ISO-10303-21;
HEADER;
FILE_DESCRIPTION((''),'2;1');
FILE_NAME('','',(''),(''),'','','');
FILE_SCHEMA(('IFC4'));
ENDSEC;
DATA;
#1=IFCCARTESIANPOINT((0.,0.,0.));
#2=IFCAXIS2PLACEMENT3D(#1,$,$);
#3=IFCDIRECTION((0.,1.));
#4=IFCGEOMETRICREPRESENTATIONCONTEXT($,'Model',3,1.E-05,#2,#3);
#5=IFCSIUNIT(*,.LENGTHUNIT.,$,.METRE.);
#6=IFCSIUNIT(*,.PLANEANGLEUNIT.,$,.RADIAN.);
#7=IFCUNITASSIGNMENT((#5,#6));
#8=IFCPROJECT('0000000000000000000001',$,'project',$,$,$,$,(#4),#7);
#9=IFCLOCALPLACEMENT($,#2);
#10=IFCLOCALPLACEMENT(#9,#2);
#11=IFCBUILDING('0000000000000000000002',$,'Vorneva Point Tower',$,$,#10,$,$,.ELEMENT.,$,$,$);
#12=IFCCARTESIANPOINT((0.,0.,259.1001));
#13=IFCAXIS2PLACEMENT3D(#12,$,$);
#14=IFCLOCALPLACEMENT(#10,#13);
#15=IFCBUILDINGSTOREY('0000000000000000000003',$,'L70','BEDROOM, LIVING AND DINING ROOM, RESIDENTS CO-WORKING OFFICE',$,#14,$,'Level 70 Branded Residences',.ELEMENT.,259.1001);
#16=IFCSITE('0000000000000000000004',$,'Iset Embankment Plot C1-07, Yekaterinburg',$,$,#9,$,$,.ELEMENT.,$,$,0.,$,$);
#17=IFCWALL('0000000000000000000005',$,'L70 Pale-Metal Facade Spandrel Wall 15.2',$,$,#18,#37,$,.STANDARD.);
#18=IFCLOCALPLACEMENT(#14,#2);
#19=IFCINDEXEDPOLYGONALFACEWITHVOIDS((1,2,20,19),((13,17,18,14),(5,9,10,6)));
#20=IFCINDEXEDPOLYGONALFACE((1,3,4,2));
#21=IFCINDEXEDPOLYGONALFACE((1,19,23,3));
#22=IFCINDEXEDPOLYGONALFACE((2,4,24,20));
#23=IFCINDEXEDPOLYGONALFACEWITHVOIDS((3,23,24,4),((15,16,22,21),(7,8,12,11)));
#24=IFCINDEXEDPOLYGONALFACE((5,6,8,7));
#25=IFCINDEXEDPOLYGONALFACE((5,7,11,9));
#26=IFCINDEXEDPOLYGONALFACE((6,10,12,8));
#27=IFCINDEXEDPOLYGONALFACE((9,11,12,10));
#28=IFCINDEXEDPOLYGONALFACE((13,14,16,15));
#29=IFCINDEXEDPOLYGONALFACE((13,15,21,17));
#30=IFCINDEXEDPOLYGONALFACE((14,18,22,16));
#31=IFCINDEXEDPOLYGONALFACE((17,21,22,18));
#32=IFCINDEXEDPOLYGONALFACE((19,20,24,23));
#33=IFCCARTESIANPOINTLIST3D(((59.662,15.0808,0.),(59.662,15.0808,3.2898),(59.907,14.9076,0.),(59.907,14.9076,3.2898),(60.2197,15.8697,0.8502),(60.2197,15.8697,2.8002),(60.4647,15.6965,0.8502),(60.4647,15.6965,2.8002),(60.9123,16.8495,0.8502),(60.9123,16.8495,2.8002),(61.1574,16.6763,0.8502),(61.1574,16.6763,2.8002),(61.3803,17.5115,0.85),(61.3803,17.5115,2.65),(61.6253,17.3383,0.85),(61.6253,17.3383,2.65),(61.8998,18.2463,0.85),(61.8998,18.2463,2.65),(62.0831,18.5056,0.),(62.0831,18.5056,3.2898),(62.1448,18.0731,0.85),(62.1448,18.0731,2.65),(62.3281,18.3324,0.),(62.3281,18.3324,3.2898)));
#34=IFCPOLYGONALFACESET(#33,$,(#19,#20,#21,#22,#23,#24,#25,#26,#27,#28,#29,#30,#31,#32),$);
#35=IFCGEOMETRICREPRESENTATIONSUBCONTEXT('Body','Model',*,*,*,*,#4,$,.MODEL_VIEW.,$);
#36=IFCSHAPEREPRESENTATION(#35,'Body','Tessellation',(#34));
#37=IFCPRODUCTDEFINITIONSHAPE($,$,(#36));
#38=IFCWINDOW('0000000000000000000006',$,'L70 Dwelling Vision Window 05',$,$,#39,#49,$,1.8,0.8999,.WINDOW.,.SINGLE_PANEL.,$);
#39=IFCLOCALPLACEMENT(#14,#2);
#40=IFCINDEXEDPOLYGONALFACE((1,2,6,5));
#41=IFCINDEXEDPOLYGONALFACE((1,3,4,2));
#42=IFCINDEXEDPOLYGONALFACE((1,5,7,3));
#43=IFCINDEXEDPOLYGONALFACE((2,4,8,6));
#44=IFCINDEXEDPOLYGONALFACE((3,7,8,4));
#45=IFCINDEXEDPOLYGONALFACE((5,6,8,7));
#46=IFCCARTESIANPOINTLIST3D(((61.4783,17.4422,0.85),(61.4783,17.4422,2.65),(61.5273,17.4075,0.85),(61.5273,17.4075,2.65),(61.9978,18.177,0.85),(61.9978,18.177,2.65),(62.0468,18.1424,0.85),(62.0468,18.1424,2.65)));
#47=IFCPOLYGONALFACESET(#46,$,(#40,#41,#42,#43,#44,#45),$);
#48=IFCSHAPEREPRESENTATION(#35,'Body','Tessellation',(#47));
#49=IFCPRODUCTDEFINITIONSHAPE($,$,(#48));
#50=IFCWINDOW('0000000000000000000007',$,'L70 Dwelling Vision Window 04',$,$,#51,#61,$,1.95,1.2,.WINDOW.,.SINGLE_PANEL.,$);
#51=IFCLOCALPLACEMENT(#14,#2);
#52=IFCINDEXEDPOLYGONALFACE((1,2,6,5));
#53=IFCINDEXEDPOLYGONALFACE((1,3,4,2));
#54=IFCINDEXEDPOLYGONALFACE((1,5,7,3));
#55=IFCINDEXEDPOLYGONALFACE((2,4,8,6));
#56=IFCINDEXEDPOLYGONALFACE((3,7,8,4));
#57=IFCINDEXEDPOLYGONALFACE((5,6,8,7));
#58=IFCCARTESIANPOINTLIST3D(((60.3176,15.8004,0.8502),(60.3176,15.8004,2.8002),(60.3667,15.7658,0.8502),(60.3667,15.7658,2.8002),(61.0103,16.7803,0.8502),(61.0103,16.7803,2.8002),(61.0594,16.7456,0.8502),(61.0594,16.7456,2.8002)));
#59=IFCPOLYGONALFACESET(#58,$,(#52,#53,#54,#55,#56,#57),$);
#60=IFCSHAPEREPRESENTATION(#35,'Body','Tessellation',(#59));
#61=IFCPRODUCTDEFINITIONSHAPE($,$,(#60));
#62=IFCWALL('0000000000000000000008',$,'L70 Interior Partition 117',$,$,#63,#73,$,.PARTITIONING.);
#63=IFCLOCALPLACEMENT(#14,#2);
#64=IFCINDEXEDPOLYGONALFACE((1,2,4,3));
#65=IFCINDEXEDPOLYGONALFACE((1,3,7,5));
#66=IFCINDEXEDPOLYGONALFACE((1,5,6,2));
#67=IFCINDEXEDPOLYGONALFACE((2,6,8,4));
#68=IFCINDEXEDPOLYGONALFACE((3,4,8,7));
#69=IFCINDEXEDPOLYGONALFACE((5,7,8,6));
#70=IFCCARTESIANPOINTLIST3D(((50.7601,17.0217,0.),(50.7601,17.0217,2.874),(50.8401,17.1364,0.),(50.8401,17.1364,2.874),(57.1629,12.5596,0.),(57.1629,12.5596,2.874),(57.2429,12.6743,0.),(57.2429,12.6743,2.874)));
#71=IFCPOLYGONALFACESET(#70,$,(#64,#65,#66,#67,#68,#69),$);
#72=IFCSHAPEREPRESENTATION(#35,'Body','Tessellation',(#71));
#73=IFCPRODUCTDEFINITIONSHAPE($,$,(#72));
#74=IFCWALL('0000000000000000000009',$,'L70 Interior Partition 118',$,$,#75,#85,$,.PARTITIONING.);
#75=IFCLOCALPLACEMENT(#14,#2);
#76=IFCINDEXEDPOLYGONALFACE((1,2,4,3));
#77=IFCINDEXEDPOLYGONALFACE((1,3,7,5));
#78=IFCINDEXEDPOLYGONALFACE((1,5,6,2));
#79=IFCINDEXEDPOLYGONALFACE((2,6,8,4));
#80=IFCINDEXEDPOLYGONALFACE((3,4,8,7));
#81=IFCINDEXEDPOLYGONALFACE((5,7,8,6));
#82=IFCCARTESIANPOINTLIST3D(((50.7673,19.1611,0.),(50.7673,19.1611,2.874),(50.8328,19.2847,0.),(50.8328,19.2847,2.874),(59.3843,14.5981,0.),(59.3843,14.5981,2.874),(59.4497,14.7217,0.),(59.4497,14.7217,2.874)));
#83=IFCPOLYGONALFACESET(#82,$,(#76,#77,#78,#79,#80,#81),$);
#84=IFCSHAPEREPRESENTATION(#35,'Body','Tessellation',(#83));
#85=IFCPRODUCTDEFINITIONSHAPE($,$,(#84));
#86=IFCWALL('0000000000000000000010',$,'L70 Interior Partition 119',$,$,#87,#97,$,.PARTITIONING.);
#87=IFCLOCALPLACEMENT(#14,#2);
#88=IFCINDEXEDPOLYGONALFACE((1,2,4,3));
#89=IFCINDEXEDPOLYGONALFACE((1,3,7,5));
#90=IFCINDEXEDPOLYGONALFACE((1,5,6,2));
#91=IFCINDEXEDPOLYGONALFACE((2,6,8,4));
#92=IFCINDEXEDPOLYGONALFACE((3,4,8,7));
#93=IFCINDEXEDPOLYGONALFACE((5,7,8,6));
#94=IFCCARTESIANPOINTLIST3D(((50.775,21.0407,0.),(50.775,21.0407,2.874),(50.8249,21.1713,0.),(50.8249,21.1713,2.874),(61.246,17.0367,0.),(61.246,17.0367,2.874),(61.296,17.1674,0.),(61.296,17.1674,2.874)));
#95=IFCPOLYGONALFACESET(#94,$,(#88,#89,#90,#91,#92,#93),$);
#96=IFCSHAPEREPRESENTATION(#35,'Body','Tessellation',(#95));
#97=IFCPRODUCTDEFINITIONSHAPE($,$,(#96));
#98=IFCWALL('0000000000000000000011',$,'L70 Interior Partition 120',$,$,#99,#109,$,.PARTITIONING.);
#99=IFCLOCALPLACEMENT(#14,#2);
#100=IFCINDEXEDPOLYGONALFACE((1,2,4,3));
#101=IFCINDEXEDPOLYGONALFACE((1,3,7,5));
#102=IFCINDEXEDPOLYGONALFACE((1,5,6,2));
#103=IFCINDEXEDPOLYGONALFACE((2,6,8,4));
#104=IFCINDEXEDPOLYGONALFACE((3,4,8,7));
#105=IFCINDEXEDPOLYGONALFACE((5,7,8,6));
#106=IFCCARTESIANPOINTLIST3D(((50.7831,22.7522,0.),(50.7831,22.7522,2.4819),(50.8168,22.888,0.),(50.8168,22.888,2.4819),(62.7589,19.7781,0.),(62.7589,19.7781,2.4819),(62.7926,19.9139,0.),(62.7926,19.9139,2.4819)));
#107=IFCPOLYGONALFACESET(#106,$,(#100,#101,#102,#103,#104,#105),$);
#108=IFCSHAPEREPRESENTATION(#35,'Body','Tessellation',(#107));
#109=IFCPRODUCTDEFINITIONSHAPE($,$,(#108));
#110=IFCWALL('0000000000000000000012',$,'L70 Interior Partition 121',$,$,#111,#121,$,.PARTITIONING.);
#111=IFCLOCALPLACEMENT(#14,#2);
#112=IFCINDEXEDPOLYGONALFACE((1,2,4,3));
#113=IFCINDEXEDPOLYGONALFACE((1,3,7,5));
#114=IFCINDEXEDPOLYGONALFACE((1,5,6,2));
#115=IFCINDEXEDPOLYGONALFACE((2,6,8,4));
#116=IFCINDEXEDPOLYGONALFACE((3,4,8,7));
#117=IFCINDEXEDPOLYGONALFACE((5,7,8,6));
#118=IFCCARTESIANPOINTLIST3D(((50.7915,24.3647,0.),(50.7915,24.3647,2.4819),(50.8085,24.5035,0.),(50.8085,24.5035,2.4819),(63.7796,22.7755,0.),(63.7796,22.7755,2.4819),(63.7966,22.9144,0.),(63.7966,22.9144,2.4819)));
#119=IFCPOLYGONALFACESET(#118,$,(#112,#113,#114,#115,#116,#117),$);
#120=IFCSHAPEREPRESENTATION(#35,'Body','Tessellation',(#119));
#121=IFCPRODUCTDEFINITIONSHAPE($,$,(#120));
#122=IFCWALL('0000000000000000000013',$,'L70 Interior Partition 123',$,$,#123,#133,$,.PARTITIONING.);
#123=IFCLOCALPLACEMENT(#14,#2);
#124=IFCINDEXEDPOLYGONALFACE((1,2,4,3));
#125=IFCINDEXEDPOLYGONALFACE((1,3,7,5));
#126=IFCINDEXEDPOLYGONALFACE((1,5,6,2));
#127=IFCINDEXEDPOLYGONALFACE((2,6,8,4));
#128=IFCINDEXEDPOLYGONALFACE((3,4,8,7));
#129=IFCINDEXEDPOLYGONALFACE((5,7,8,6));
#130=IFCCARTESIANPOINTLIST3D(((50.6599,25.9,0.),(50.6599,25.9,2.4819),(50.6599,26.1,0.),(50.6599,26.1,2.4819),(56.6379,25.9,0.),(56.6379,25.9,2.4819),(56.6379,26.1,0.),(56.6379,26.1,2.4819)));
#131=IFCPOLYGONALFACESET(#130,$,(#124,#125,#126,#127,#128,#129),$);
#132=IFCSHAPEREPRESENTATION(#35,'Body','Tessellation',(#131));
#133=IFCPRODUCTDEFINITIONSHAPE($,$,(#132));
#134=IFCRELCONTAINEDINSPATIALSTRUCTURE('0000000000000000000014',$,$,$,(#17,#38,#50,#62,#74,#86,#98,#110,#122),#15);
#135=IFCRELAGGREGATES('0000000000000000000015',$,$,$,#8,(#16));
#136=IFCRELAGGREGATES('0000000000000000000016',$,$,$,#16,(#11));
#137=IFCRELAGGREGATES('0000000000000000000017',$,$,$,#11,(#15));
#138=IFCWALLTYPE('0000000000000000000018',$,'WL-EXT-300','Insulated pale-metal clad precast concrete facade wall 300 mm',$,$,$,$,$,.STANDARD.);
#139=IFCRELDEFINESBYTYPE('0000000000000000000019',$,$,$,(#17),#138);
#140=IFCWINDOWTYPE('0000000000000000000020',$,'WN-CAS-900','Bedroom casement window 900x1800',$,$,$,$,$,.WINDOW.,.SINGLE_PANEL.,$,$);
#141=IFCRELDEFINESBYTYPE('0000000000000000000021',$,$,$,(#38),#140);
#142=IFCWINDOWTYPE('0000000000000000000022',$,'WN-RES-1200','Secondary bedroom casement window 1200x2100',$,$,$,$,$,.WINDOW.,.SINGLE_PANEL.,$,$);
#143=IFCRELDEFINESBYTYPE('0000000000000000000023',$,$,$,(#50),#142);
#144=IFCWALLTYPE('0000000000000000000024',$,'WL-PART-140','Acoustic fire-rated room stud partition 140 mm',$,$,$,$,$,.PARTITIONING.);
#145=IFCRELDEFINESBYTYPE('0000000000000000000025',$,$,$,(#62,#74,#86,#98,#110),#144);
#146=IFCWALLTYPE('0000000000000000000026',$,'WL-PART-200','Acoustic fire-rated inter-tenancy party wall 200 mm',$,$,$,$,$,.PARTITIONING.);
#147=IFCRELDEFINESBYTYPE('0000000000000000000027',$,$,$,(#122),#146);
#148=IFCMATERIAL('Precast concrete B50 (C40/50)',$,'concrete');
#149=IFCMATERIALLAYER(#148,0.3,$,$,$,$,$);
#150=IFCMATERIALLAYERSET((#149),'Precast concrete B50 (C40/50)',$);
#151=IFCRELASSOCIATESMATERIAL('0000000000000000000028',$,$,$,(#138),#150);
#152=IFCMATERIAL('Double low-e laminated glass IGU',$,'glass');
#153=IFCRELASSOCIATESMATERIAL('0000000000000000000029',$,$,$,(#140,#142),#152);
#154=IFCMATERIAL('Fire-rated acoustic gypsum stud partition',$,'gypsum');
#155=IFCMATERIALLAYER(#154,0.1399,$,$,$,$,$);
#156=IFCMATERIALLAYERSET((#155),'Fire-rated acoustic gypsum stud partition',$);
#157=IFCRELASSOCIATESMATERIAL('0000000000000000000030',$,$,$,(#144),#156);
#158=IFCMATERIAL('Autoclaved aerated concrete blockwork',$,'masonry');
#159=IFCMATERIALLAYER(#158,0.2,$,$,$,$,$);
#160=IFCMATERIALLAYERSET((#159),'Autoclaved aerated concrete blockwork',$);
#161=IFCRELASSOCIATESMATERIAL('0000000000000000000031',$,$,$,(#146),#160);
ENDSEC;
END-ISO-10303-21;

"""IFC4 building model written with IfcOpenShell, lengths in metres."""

from ifc_helpers import new_model, si_unit, direction, frame, frame_2d, origin, place, context, subcontext, project, spatial, rectangle, extrude, material, layer, layer_set, type_object, element, fill, save


model = new_model("IFC4")

# Units and contexts
model_context = context("Model", 3, precision=1e-05, world=origin(), true_north=direction((0.0, 1.0)))
body_context = subcontext(model_context, "Body", "Model", "MODEL_VIEW")
ifc_project = project(units=[si_unit("LENGTHUNIT", "METRE"), si_unit("PLANEANGLEUNIT", "RADIAN")], contexts=[model_context])

# Site, building, storey
site_placement = place(None, origin())
site = spatial("IfcSite", under=ifc_project, at=site_placement, Name="Iset Embankment Plot C1-07, Yekaterinburg", CompositionType="ELEMENT", RefElevation=0.0)
building_placement = place(site_placement, origin())
building = spatial("IfcBuilding", under=site, at=building_placement, Name="Vorneva Point Tower", CompositionType="ELEMENT")
storey_placement = place(building_placement, frame((0.0, 0.0, 259.1001)))
storey = spatial("IfcBuildingStorey", under=building, at=storey_placement, Name="L70", Description="BEDROOM, LIVING AND DINING ROOM, RESIDENTS CO-WORKING OFFICE", LongName="Level 70 Branded Residences", CompositionType="ELEMENT", Elevation=259.1001)

# Shared definitions
ifc_material_1 = material(Name="Double low-e laminated glass IGU", Category="glass")

# Shared definitions
ifc_material_2 = material(Name="Precast concrete B50 (C40/50)", Category="concrete")
ifc_layer_1 = layer(ifc_material_2, 0.3)
ifc_layer_set_1 = layer_set([ifc_layer_1], Name="Precast concrete B50 (C40/50)")
wall_type_1 = type_object("IfcWallType", Name="WL-EXT-300", Description="Insulated pale-metal clad precast concrete facade wall 300 mm", PredefinedType="STANDARD", material=ifc_layer_set_1)

# Wall, openings, windows
wall_1_placement = place(storey_placement, frame((59.7844, 14.9941, 0.0), z_axis=(0.0, 0.0, 1.0), x_axis=(0.577261, 0.81656, 0.0)))
wall_1 = element("IfcWall", 1, at=wall_1_placement, inside=storey, type_object=wall_type_1, Name="L70 Pale-Metal Facade Spandrel Wall 15.2", PredefinedType="STANDARD", context=body_context, shape_type="SweptSolid", body=[
    extrude(rectangle(XDim=4.1941, YDim=0.3, at=frame_2d((2.0972, 0.0))), origin(), (0.0, 0.0, 1.0), 3.2898),
])
opening_1_placement = place(wall_1_placement, frame((0.9661, 0.0, 0.8501)))
opening_1 = element("IfcOpeningElement", 2, at=opening_1_placement, cuts=wall_1, PredefinedType="OPENING", context=body_context, shape_type="SweptSolid", body=[
    extrude(rectangle(XDim=1.2, YDim=1.95, at=frame_2d((0.6001, 0.9751))), frame((0.0, 0.165, 0.0), z_axis=(0.0, -1.0, 0.0), x_axis=(1.0, 0.0, 0.0)), (0.0, 0.0, 1.0), 0.3298),
])
opening_2_placement = place(wall_1_placement, frame((2.9768, 0.0, 0.8501)))
opening_2 = element("IfcOpeningElement", 3, at=opening_2_placement, cuts=wall_1, PredefinedType="OPENING", context=body_context, shape_type="SweptSolid", body=[
    extrude(rectangle(XDim=0.8999, YDim=1.8, at=frame_2d((0.45, 0.8999))), frame((0.0, 0.165, 0.0), z_axis=(0.0, -1.0, 0.0), x_axis=(1.0, 0.0, 0.0)), (0.0, 0.0, 1.0), 0.3298),
])
window_type_1 = type_object("IfcWindowType", Name="WN-CAS-900", Description="Bedroom casement window 900x1800", PartitioningType="SINGLE_PANEL", PredefinedType="WINDOW", material=ifc_material_1)
window_1_placement = place(opening_2_placement, origin())
window_1 = element("IfcWindow", 4, at=window_1_placement, inside=storey, type_object=window_type_1, Name="L70 Dwelling Vision Window 05", OverallHeight=1.8, OverallWidth=0.8999, PartitioningType="SINGLE_PANEL", PredefinedType="WINDOW", context=body_context, shape_type="SweptSolid", body=[
    extrude(rectangle(XDim=0.8999, YDim=1.8, at=frame_2d((0.45, 0.8999))), frame((0.0, 0.03, 0.0), z_axis=(0.0, -1.0, 0.0), x_axis=(1.0, 0.0, 0.0)), (0.0, 0.0, 1.0), 0.0601),
])
fill(opening_2, window_1)
window_type_2 = type_object("IfcWindowType", Name="WN-RES-1200", Description="Secondary bedroom casement window 1200x2100", PartitioningType="SINGLE_PANEL", PredefinedType="WINDOW", material=ifc_material_1)
window_2_placement = place(opening_1_placement, origin())
window_2 = element("IfcWindow", 5, at=window_2_placement, inside=storey, type_object=window_type_2, Name="L70 Dwelling Vision Window 04", OverallHeight=1.95, OverallWidth=1.2, PartitioningType="SINGLE_PANEL", PredefinedType="WINDOW", context=body_context, shape_type="SweptSolid", body=[
    extrude(rectangle(XDim=1.2, YDim=1.95, at=frame_2d((0.6001, 0.9751))), frame((0.0, 0.03, 0.0), z_axis=(0.0, -1.0, 0.0), x_axis=(1.0, 0.0, 0.0)), (0.0, 0.0, 1.0), 0.0601),
])
fill(opening_1, window_2)

# Walls
ifc_material_3 = material(Name="Fire-rated acoustic gypsum stud partition", Category="gypsum")
ifc_layer_2 = layer(ifc_material_3, 0.1399)
ifc_layer_set_2 = layer_set([ifc_layer_2], Name="Fire-rated acoustic gypsum stud partition")
wall_type_2 = type_object("IfcWallType", Name="WL-PART-140", Description="Acoustic fire-rated room stud partition 140 mm", PredefinedType="PARTITIONING", material=ifc_layer_set_2)
wall_2_placement = place(storey_placement, frame((57.2029, 12.6169, 0.0), z_axis=(0.0, 0.0, 1.0), x_axis=(-0.820424, 0.571756, 0.0)))
element("IfcWall", 6, at=wall_2_placement, inside=storey, type_object=wall_type_2, Name="L70 Interior Partition 117", PredefinedType="PARTITIONING", context=body_context, shape_type="SweptSolid", body=[
    extrude(rectangle(XDim=7.8042, YDim=0.1399, at=frame_2d((3.9021, 0.0))), origin(), (0.0, 0.0, 1.0), 2.874),
])
wall_3_placement = place(storey_placement, frame((59.417, 14.6599, 0.0), z_axis=(0.0, 0.0, 1.0), x_axis=(-0.883742, 0.467974, 0.0)))
element("IfcWall", 7, at=wall_3_placement, inside=storey, type_object=wall_type_2, Name="L70 Interior Partition 118", PredefinedType="PARTITIONING", context=body_context, shape_type="SweptSolid", body=[
    extrude(rectangle(XDim=9.7505, YDim=0.1399, at=frame_2d((4.8752, 0.0))), origin(), (0.0, 0.0, 1.0), 2.874),
])
wall_4_placement = place(storey_placement, frame((61.271, 17.1021, 0.0), z_axis=(0.0, 0.0, 1.0), x_axis=(-0.934043, 0.357161, 0.0)))
element("IfcWall", 8, at=wall_4_placement, inside=storey, type_object=wall_type_2, Name="L70 Interior Partition 119", PredefinedType="PARTITIONING", context=body_context, shape_type="SweptSolid", body=[
    extrude(rectangle(XDim=11.2104, YDim=0.1399, at=frame_2d((5.6052, 0.0))), origin(), (0.0, 0.0, 1.0), 2.874),
])
wall_5_placement = place(storey_placement, frame((62.7759, 19.8459, 0.0), z_axis=(0.0, 0.0, 1.0), x_axis=(-0.97052, 0.241022, 0.0)))
element("IfcWall", 9, at=wall_5_placement, inside=storey, type_object=wall_type_2, Name="L70 Interior Partition 120", PredefinedType="PARTITIONING", context=body_context, shape_type="SweptSolid", body=[
    extrude(rectangle(XDim=12.3396, YDim=0.1399, at=frame_2d((6.1699, 0.0))), origin(), (0.0, 0.0, 1.0), 2.4819),
])
wall_6_placement = place(storey_placement, frame((63.7881, 22.845, 0.0), z_axis=(0.0, 0.0, 1.0), x_axis=(-0.992598, 0.121446, 0.0)))
element("IfcWall", 10, at=wall_6_placement, inside=storey, type_object=wall_type_2, Name="L70 Interior Partition 121", PredefinedType="PARTITIONING", context=body_context, shape_type="SweptSolid", body=[
    extrude(rectangle(XDim=13.085, YDim=0.1399, at=frame_2d((6.5425, 0.0))), origin(), (0.0, 0.0, 1.0), 2.4819),
])
ifc_material_4 = material(Name="Autoclaved aerated concrete blockwork", Category="masonry")
ifc_layer_3 = layer(ifc_material_4, 0.2)
ifc_layer_set_3 = layer_set([ifc_layer_3], Name="Autoclaved aerated concrete blockwork")
wall_type_3 = type_object("IfcWallType", Name="WL-PART-200", Description="Acoustic fire-rated inter-tenancy party wall 200 mm", PredefinedType="PARTITIONING", material=ifc_layer_set_3)
wall_7_placement = place(storey_placement, frame((56.6379, 26.0, 0.0), z_axis=(0.0, 0.0, 1.0), x_axis=(-1.0, 0.0, 0.0)))
element("IfcWall", 11, at=wall_7_placement, inside=storey, type_object=wall_type_3, Name="L70 Interior Partition 123", PredefinedType="PARTITIONING", context=body_context, shape_type="SweptSolid", body=[
    extrude(rectangle(XDim=5.978, YDim=0.2, at=frame_2d((2.989, 0.0))), origin(), (0.0, 0.0, 1.0), 2.4819),
])

save(model, "model.ifc")
